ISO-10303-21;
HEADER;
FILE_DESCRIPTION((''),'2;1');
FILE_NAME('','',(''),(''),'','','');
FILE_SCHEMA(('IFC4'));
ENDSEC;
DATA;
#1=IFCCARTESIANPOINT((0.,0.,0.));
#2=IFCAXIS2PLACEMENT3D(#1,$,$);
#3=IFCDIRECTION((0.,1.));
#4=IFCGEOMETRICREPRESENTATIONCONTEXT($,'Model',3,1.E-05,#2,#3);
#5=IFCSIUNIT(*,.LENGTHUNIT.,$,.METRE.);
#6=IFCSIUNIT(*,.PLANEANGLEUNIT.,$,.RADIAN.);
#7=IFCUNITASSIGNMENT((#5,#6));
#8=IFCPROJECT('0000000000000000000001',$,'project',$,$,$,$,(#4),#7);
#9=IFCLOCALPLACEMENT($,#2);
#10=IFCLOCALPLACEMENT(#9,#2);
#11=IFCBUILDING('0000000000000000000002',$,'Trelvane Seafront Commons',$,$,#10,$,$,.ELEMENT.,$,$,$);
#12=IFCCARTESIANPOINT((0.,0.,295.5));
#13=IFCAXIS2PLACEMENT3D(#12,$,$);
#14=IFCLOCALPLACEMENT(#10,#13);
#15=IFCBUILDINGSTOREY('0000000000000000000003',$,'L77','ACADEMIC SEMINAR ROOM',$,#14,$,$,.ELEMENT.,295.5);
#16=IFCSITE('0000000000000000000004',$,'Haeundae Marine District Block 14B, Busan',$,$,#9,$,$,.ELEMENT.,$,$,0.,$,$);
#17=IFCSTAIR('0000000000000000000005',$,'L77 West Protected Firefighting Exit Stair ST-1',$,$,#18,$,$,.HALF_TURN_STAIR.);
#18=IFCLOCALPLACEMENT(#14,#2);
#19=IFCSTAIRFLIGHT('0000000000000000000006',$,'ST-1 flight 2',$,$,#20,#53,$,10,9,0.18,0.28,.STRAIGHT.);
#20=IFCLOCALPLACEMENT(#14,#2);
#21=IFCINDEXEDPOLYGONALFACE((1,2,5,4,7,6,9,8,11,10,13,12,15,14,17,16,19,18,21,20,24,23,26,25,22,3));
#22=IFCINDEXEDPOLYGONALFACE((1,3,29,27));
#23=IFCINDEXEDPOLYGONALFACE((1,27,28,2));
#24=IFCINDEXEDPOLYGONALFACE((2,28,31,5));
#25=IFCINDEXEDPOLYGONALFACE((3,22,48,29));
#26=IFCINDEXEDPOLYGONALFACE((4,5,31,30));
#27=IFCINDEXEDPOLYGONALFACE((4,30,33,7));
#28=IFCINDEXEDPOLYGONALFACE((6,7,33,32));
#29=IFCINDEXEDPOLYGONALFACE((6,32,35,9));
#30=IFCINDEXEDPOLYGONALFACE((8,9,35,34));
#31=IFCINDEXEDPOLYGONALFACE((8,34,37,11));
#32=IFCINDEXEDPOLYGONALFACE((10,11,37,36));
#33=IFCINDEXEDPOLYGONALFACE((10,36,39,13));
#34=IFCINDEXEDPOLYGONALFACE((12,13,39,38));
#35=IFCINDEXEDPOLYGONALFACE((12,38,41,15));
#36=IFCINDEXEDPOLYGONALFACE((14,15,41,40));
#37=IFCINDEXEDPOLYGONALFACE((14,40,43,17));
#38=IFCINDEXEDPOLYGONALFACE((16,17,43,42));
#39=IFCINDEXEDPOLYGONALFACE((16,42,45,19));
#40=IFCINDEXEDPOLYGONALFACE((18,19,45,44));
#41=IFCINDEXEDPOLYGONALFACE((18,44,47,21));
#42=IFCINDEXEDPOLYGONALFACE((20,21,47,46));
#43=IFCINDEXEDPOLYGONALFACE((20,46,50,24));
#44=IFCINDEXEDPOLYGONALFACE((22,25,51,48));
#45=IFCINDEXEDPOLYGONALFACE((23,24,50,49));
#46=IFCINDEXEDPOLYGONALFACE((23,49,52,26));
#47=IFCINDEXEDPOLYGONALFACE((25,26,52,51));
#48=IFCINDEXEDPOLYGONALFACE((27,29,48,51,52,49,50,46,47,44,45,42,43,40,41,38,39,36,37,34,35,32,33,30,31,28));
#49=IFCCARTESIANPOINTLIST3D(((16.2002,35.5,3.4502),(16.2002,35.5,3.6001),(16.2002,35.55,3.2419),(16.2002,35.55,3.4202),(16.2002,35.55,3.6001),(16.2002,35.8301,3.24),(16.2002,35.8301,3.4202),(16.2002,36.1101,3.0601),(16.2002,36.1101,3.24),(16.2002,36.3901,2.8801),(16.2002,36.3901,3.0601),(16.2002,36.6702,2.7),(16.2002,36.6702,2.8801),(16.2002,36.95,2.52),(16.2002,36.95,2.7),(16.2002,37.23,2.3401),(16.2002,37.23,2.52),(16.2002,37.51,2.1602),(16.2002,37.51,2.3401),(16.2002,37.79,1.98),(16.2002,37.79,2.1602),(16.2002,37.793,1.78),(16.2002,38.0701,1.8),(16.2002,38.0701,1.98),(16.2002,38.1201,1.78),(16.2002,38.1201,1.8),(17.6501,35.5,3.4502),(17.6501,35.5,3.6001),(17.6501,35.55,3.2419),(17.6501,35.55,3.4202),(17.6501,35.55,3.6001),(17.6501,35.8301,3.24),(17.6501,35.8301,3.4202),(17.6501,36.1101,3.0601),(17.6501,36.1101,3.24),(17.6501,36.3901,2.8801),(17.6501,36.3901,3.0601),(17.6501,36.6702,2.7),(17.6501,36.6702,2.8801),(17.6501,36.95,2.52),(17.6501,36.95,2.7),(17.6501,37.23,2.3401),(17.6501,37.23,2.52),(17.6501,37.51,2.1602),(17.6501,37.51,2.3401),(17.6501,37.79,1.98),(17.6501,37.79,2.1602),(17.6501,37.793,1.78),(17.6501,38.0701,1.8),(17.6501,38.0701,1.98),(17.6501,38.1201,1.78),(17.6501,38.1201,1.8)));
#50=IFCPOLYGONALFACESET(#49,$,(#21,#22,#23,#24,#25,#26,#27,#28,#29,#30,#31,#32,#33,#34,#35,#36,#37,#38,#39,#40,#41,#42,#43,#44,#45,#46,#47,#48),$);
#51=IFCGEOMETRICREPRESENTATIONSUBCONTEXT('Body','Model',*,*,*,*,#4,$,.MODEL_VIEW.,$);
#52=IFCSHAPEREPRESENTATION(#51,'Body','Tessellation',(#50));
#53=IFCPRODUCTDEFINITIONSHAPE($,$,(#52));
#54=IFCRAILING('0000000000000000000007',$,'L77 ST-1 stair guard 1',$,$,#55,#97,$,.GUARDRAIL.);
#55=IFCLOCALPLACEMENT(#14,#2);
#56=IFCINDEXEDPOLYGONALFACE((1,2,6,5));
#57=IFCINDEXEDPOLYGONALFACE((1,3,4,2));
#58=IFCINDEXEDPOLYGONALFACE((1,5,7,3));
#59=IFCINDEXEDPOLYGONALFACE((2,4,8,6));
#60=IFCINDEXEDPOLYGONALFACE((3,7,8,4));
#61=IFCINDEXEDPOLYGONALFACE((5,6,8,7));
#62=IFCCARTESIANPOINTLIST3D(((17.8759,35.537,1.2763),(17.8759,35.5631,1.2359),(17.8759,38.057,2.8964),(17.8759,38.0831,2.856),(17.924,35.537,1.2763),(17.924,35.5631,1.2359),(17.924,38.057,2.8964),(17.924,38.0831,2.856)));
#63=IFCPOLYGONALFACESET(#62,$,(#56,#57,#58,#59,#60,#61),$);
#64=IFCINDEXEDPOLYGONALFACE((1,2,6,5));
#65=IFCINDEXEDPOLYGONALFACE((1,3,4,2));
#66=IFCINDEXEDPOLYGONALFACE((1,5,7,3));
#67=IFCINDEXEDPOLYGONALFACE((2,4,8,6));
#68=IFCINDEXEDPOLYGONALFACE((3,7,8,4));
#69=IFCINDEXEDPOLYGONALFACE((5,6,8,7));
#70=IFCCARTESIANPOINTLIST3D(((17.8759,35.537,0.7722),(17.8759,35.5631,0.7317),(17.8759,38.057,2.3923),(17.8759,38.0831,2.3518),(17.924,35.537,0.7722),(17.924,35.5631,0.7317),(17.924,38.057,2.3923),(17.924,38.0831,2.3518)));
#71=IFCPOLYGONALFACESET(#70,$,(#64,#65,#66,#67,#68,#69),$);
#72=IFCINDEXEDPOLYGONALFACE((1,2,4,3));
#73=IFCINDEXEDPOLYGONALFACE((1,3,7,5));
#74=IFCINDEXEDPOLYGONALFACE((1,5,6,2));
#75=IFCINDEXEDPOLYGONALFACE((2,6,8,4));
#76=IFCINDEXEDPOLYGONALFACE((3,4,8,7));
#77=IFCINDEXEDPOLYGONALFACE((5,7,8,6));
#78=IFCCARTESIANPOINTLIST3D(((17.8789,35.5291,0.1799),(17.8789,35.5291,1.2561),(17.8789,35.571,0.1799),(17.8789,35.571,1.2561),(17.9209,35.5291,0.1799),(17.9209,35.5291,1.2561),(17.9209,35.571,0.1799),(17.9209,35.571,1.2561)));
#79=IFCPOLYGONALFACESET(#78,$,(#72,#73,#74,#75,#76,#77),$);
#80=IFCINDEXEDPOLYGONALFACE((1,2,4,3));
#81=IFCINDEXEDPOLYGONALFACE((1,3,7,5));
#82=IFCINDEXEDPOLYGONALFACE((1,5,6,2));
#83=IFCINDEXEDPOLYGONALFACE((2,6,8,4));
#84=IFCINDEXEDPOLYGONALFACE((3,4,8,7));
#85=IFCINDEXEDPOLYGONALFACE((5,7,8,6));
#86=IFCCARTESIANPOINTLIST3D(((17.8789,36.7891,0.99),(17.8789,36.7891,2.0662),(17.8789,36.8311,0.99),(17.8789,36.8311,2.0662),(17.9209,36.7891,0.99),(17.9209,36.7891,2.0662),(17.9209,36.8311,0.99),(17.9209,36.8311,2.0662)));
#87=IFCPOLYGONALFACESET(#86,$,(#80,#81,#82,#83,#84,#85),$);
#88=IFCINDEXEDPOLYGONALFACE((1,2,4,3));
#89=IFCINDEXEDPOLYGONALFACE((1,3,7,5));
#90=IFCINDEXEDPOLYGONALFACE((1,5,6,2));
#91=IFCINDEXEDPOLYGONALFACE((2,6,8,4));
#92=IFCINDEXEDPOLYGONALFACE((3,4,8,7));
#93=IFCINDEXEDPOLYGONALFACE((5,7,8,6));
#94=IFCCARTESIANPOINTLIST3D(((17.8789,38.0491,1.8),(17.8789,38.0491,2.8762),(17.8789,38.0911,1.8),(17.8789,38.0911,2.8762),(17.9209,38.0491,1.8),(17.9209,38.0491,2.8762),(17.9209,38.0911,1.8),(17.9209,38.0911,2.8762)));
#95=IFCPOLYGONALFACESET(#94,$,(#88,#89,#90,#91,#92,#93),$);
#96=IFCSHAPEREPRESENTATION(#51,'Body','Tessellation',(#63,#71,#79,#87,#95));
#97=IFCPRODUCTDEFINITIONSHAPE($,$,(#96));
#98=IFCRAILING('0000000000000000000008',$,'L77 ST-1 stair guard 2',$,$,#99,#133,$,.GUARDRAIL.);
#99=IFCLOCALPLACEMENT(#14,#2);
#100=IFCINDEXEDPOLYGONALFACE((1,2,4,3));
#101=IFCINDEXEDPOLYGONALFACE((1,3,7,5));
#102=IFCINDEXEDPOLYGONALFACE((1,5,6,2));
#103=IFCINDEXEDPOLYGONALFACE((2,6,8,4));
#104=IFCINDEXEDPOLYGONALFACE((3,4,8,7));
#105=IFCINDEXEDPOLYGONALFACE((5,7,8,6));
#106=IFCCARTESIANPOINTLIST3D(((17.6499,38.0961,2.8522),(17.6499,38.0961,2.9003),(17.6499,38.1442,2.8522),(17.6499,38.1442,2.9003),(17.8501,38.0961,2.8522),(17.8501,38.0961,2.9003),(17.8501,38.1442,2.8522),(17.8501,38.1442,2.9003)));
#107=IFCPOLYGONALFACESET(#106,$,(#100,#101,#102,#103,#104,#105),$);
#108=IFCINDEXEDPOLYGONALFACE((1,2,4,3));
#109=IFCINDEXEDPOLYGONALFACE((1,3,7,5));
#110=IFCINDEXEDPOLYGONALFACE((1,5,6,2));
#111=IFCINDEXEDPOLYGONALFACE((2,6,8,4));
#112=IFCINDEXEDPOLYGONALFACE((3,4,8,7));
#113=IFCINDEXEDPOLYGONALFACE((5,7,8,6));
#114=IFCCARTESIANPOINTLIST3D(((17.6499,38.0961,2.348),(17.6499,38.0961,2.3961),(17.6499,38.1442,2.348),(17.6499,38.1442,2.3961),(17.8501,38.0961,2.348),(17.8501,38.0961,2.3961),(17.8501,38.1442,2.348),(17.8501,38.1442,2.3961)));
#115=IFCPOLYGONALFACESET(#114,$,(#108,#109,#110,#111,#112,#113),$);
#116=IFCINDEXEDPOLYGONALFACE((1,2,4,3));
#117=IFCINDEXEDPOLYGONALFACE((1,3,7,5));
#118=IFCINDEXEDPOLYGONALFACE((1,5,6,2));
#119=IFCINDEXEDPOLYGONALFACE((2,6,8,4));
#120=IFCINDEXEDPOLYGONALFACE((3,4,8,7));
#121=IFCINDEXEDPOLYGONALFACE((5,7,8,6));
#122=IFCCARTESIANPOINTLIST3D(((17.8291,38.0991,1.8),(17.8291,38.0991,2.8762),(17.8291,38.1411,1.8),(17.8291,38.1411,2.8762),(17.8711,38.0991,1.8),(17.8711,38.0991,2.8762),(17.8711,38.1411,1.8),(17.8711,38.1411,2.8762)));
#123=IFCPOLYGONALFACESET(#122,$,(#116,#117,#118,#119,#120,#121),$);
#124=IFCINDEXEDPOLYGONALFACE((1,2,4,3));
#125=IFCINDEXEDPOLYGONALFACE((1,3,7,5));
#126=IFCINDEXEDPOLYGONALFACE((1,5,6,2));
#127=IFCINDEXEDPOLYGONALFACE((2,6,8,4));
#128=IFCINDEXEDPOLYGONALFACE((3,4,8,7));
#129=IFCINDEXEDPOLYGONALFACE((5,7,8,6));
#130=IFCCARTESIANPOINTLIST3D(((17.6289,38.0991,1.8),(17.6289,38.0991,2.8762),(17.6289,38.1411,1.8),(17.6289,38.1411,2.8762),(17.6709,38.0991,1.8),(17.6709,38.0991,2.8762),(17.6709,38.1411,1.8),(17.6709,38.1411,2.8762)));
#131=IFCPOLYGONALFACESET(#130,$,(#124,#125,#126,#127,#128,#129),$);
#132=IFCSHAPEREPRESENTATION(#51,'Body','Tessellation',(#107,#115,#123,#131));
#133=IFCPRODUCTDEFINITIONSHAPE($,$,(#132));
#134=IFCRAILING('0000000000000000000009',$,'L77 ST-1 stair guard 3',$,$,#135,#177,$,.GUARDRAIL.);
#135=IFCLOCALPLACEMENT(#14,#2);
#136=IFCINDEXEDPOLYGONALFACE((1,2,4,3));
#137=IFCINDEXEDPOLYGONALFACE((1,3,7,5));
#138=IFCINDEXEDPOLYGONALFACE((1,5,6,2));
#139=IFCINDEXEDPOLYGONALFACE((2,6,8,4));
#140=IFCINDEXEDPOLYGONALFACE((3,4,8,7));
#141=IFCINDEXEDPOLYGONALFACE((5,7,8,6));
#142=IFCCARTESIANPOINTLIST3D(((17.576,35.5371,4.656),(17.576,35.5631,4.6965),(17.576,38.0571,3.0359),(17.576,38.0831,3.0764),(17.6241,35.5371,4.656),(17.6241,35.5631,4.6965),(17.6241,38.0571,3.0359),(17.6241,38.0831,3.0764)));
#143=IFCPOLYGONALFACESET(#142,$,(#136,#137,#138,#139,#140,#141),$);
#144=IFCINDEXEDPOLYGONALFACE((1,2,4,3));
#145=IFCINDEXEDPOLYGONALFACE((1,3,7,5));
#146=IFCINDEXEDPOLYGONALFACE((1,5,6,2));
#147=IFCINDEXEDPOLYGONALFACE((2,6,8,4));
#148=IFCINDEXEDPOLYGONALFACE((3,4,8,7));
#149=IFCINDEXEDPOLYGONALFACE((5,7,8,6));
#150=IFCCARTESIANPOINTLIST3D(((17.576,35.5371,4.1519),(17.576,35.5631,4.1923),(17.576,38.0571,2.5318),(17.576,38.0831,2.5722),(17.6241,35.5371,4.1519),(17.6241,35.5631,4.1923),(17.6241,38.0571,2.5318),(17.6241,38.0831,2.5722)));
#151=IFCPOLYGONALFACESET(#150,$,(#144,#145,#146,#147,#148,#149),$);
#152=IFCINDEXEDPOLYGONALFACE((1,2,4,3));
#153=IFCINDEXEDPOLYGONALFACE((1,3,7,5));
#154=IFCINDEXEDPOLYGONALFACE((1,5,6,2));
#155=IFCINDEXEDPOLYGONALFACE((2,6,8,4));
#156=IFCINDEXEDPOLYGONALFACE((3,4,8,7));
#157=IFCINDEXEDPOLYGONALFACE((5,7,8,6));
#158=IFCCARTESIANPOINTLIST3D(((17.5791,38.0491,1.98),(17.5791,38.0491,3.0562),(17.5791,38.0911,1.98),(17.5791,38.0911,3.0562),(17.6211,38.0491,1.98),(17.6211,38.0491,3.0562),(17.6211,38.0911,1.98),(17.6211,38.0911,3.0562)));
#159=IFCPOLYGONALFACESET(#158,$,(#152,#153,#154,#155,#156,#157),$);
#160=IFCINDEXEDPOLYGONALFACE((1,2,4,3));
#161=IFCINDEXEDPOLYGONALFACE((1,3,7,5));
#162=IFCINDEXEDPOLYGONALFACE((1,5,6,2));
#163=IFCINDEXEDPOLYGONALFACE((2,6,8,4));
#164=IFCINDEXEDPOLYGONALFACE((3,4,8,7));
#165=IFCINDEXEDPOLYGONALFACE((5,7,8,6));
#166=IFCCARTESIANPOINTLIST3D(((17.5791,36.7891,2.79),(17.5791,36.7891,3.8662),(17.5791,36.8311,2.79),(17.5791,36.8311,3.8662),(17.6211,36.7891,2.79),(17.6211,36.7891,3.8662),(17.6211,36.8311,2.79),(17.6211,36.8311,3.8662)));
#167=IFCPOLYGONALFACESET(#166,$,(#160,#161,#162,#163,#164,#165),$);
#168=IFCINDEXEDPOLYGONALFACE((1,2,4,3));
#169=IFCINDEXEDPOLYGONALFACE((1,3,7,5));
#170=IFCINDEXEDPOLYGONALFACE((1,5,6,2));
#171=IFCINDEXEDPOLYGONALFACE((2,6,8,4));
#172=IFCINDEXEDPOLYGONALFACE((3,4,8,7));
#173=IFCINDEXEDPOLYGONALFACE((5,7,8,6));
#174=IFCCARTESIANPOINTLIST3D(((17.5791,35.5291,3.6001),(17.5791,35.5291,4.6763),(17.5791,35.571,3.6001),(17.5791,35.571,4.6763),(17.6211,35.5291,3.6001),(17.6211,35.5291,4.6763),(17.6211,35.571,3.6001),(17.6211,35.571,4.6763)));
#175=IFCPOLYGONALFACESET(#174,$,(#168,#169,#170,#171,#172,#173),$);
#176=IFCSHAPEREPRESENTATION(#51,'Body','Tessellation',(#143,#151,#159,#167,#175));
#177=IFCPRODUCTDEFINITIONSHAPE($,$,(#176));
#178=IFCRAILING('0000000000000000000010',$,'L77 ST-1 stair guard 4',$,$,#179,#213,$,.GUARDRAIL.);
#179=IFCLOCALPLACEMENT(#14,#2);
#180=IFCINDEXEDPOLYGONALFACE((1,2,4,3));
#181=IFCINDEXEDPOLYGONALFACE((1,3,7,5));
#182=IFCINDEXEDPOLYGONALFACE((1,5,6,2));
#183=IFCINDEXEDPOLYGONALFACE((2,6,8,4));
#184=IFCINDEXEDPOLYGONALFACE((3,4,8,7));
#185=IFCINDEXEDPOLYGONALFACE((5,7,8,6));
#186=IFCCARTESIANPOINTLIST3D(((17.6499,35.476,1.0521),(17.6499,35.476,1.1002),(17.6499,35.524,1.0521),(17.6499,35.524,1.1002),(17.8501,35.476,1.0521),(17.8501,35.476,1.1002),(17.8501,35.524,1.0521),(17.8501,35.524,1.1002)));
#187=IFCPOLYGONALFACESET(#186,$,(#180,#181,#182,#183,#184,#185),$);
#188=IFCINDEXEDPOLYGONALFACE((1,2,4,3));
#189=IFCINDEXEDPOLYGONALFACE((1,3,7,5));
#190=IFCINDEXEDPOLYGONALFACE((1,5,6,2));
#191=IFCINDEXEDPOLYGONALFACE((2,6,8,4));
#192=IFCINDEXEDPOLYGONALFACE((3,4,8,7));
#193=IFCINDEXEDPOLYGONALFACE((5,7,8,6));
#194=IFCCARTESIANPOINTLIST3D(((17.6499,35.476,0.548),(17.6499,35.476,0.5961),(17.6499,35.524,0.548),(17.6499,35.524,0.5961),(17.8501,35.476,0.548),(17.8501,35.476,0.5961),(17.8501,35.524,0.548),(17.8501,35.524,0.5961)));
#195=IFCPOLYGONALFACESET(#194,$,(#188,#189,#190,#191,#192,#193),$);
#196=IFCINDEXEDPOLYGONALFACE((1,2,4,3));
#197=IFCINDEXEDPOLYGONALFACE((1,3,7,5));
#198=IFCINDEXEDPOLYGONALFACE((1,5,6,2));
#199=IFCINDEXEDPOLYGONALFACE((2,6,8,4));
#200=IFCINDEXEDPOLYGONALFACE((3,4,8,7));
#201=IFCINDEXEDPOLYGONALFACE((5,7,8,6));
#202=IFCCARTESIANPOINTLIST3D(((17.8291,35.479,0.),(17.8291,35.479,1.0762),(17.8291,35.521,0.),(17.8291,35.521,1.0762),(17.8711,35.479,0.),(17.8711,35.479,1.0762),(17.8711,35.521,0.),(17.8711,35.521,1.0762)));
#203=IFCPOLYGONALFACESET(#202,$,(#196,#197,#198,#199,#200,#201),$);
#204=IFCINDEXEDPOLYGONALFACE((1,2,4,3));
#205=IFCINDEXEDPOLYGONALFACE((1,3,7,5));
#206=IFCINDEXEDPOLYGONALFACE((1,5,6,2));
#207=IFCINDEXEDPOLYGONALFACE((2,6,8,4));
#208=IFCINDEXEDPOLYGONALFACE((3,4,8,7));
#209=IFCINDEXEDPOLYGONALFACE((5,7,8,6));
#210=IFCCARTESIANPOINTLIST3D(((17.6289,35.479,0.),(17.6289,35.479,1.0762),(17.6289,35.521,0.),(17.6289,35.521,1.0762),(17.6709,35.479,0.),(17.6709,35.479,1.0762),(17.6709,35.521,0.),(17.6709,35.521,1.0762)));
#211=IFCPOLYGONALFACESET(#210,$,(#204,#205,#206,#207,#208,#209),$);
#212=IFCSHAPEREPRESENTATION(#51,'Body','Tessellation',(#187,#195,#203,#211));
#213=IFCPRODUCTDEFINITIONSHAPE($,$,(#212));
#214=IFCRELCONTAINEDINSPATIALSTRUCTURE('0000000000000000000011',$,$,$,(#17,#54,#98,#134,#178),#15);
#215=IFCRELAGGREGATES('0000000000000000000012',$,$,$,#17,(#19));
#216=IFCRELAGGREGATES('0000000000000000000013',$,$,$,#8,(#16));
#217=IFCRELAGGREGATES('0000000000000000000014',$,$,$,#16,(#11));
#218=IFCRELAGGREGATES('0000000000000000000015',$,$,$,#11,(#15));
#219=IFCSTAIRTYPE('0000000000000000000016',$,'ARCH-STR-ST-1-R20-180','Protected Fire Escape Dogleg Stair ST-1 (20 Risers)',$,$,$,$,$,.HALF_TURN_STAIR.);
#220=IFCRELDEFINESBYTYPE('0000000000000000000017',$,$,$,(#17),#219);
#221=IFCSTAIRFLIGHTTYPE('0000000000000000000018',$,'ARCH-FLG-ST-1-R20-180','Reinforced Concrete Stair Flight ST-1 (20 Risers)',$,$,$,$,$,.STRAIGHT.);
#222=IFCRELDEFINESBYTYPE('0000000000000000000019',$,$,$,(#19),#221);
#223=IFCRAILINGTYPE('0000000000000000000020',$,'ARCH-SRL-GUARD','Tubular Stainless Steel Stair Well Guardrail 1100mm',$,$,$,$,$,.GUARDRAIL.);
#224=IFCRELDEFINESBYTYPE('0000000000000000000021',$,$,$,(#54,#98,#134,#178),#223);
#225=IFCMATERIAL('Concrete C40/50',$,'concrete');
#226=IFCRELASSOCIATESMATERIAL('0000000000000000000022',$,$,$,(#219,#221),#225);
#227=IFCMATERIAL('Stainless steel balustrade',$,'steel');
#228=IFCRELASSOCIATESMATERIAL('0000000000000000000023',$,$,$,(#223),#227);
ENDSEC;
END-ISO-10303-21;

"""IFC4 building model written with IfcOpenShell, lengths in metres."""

from ifc_helpers import new_model, si_unit, direction, frame, origin, origin_2d, place, context, subcontext, project, spatial, polyline, rectangle, outline, extrude, source, transform, mapped, material, type_object, element, aggregate, save


model = new_model("IFC4")

# Units and contexts
model_context = context("Model", 3, precision=1e-05, world=origin(), true_north=direction((0.0, 1.0)))
body_context = subcontext(model_context, "Body", "Model", "MODEL_VIEW")
ifc_project = project(units=[si_unit("LENGTHUNIT", "METRE"), si_unit("PLANEANGLEUNIT", "RADIAN")], contexts=[model_context])

# Site, building, storey
site_placement = place(None, origin())
site = spatial("IfcSite", under=ifc_project, at=site_placement, Name="Haeundae Marine District Block 14B, Busan", CompositionType="ELEMENT", RefElevation=0.0)
building_placement = place(site_placement, origin())
building = spatial("IfcBuilding", under=site, at=building_placement, Name="Trelvane Seafront Commons", CompositionType="ELEMENT")
storey_placement = place(building_placement, frame((0.0, 0.0, 295.5)))
storey = spatial("IfcBuildingStorey", under=building, at=storey_placement, Name="L77", Description="ACADEMIC SEMINAR ROOM", CompositionType="ELEMENT", Elevation=295.5)

# Shared definitions
ifc_material_1 = material(Name="Concrete C40/50", Category="concrete")

# Shared definitions
ifc_material_2 = material(Name="Stainless steel balustrade", Category="steel")

# Stair, stair flight
stair_type = type_object("IfcStairType", Name="ARCH-STR-ST-1-R20-180", Description="Protected Fire Escape Dogleg Stair ST-1 (20 Risers)", PredefinedType="HALF_TURN_STAIR", material=ifc_material_1)
stair_placement = place(storey_placement, origin())
stair = element("IfcStair", 1, at=stair_placement, inside=storey, type_object=stair_type, Name="L77 West Protected Firefighting Exit Stair ST-1", PredefinedType="HALF_TURN_STAIR")
stair_flight_type = type_object("IfcStairFlightType", Name="ARCH-FLG-ST-1-R20-180", Description="Reinforced Concrete Stair Flight ST-1 (20 Risers)", PredefinedType="STRAIGHT", material=ifc_material_1)
shared_shape_1 = source(origin(), body_context, "Body", "SweptSolid", [
    extrude(outline(polyline([(-0.05, -0.02), (-0.05, 0.0), (0.0, 0.0), (0.0, 0.1799), (0.28, 0.1799), (0.28, 0.3601), (0.5601, 0.3601), (0.5601, 0.54), (0.8401, 0.54), (0.8401, 0.72), (1.1201, 0.72), (1.1201, 0.8999), (1.3999, 0.8999), (1.3999, 1.0801), (1.6799, 1.0801), (1.6799, 1.26), (1.96, 1.26), (1.96, 1.4399), (2.24, 1.4399), (2.24, 1.6201), (2.52, 1.6201), (2.52, 1.8), (2.5701, 1.8), (2.5701, 1.6501), (2.52, 1.4419), (0.2771, -0.02), (-0.05, -0.02)])), frame((0.0, 0.7251, 0.0), z_axis=(0.0, -1.0, 0.0), x_axis=(1.0, 0.0, 0.0)), (0.0, 0.0, 1.0), 1.45),
])
stair_flight_1_placement = place(storey_placement, frame((16.925, 38.0701, 1.8), z_axis=(0.0, 0.0, 1.0), x_axis=(0.0, -1.0, 0.0)))
stair_flight_1 = element("IfcStairFlight", 2, at=stair_flight_1_placement, type_object=stair_flight_type, Name="ST-1 flight 2", NumberOfRisers=10, NumberOfTreads=9, PredefinedType="STRAIGHT", RiserHeight=0.18, TreadLength=0.28, context=body_context, shape_type="MappedRepresentation", body=[
    mapped(shared_shape_1, transform((0.0, 0.0, 0.0), x_axis=(1.0, 0.0, 0.0), y_axis=(0.0, 1.0, 0.0), z_axis=(0.0, 0.0, 1.0), scale=1.0)),
])
aggregate(stair, [stair_flight_1])

# Railings
railing_type_1 = type_object("IfcRailingType", Name="ARCH-SRL-GUARD", Description="Tubular Stainless Steel Stair Well Guardrail 1100mm", PredefinedType="GUARDRAIL", material=ifc_material_2)
railing_1_placement = place(storey_placement, frame((17.8999, 35.55, 0.1799)))
element("IfcRailing", 3, at=railing_1_placement, inside=storey, type_object=railing_type_1, Name="L77 ST-1 stair guard 1", PredefinedType="GUARDRAIL", context=body_context, shape_type="SweptSolid", body=[
    extrude(rectangle(XDim=0.0481, YDim=0.0481, at=origin_2d()), frame((0.0, 0.0, 1.0762), z_axis=(0.0, 0.841163, 0.540782), x_axis=(-1.0, 0.0, 0.0)), (0.0, 0.0, 1.0), 2.9958),
    extrude(rectangle(XDim=0.0481, YDim=0.0481, at=origin_2d()), frame((0.0, 0.0, 0.572), z_axis=(0.0, 0.841163, 0.540782), x_axis=(-1.0, 0.0, 0.0)), (0.0, 0.0, 1.0), 2.9958),
    extrude(rectangle(XDim=0.042, YDim=0.042, at=origin_2d()), origin(), (0.0, 0.0, 1.0), 1.0762),
    extrude(rectangle(XDim=0.042, YDim=0.042, at=origin_2d()), frame((0.0, 1.26, 0.8101)), (0.0, 0.0, 1.0), 1.0762),
    extrude(rectangle(XDim=0.042, YDim=0.042, at=origin_2d()), frame((0.0, 2.52, 1.6201)), (0.0, 0.0, 1.0), 1.0762),
])
railing_2_placement = place(storey_placement, frame((17.8501, 38.1201, 1.8)))
element("IfcRailing", 4, at=railing_2_placement, inside=storey, type_object=railing_type_1, Name="L77 ST-1 stair guard 2", PredefinedType="GUARDRAIL", context=body_context, shape_type="SweptSolid", body=[
    extrude(rectangle(XDim=0.0481, YDim=0.0481, at=origin_2d()), frame((0.0, 0.0, 1.0762), z_axis=(-1.0, 0.0, 0.0), x_axis=(0.0, -1.0, 0.0)), (0.0, 0.0, 1.0), 0.2002),
    extrude(rectangle(XDim=0.0481, YDim=0.0481, at=origin_2d()), frame((0.0, 0.0, 0.572), z_axis=(-1.0, 0.0, 0.0), x_axis=(0.0, -1.0, 0.0)), (0.0, 0.0, 1.0), 0.2002),
    extrude(rectangle(XDim=0.042, YDim=0.042, at=origin_2d()), origin(), (0.0, 0.0, 1.0), 1.0762),
    extrude(rectangle(XDim=0.042, YDim=0.042, at=origin_2d()), frame((-0.2002, 0.0, 0.0)), (0.0, 0.0, 1.0), 1.0762),
])
railing_3_placement = place(storey_placement, frame((17.6001, 38.0701, 1.98)))
element("IfcRailing", 5, at=railing_3_placement, inside=storey, type_object=railing_type_1, Name="L77 ST-1 stair guard 3", PredefinedType="GUARDRAIL", context=body_context, shape_type="SweptSolid", body=[
    extrude(rectangle(XDim=0.0481, YDim=0.0481, at=origin_2d()), frame((0.0, 0.0, 1.0762), z_axis=(0.0, -0.841163, 0.540782), x_axis=(1.0, 0.0, 0.0)), (0.0, 0.0, 1.0), 2.9958),
    extrude(rectangle(XDim=0.0481, YDim=0.0481, at=origin_2d()), frame((0.0, 0.0, 0.572), z_axis=(0.0, -0.841163, 0.540782), x_axis=(1.0, 0.0, 0.0)), (0.0, 0.0, 1.0), 2.9958),
    extrude(rectangle(XDim=0.042, YDim=0.042, at=origin_2d()), origin(), (0.0, 0.0, 1.0), 1.0762),
    extrude(rectangle(XDim=0.042, YDim=0.042, at=origin_2d()), frame((0.0, -1.26, 0.8101)), (0.0, 0.0, 1.0), 1.0762),
    extrude(rectangle(XDim=0.042, YDim=0.042, at=origin_2d()), frame((0.0, -2.52, 1.6201)), (0.0, 0.0, 1.0), 1.0762),
])
railing_4_placement = place(storey_placement, frame((17.8501, 35.5, 0.0)))
element("IfcRailing", 6, at=railing_4_placement, inside=storey, type_object=railing_type_1, Name="L77 ST-1 stair guard 4", PredefinedType="GUARDRAIL", context=body_context, shape_type="SweptSolid", body=[
    extrude(rectangle(XDim=0.0481, YDim=0.0481, at=origin_2d()), frame((0.0, 0.0, 1.0762), z_axis=(-1.0, 0.0, 0.0), x_axis=(0.0, -1.0, 0.0)), (0.0, 0.0, 1.0), 0.2002),
    extrude(rectangle(XDim=0.0481, YDim=0.0481, at=origin_2d()), frame((0.0, 0.0, 0.572), z_axis=(-1.0, 0.0, 0.0), x_axis=(0.0, -1.0, 0.0)), (0.0, 0.0, 1.0), 0.2002),
    extrude(rectangle(XDim=0.042, YDim=0.042, at=origin_2d()), origin(), (0.0, 0.0, 1.0), 1.0762),
    extrude(rectangle(XDim=0.042, YDim=0.042, at=origin_2d()), frame((-0.2002, 0.0, 0.0)), (0.0, 0.0, 1.0), 1.0762),
])

save(model, "model.ifc")
